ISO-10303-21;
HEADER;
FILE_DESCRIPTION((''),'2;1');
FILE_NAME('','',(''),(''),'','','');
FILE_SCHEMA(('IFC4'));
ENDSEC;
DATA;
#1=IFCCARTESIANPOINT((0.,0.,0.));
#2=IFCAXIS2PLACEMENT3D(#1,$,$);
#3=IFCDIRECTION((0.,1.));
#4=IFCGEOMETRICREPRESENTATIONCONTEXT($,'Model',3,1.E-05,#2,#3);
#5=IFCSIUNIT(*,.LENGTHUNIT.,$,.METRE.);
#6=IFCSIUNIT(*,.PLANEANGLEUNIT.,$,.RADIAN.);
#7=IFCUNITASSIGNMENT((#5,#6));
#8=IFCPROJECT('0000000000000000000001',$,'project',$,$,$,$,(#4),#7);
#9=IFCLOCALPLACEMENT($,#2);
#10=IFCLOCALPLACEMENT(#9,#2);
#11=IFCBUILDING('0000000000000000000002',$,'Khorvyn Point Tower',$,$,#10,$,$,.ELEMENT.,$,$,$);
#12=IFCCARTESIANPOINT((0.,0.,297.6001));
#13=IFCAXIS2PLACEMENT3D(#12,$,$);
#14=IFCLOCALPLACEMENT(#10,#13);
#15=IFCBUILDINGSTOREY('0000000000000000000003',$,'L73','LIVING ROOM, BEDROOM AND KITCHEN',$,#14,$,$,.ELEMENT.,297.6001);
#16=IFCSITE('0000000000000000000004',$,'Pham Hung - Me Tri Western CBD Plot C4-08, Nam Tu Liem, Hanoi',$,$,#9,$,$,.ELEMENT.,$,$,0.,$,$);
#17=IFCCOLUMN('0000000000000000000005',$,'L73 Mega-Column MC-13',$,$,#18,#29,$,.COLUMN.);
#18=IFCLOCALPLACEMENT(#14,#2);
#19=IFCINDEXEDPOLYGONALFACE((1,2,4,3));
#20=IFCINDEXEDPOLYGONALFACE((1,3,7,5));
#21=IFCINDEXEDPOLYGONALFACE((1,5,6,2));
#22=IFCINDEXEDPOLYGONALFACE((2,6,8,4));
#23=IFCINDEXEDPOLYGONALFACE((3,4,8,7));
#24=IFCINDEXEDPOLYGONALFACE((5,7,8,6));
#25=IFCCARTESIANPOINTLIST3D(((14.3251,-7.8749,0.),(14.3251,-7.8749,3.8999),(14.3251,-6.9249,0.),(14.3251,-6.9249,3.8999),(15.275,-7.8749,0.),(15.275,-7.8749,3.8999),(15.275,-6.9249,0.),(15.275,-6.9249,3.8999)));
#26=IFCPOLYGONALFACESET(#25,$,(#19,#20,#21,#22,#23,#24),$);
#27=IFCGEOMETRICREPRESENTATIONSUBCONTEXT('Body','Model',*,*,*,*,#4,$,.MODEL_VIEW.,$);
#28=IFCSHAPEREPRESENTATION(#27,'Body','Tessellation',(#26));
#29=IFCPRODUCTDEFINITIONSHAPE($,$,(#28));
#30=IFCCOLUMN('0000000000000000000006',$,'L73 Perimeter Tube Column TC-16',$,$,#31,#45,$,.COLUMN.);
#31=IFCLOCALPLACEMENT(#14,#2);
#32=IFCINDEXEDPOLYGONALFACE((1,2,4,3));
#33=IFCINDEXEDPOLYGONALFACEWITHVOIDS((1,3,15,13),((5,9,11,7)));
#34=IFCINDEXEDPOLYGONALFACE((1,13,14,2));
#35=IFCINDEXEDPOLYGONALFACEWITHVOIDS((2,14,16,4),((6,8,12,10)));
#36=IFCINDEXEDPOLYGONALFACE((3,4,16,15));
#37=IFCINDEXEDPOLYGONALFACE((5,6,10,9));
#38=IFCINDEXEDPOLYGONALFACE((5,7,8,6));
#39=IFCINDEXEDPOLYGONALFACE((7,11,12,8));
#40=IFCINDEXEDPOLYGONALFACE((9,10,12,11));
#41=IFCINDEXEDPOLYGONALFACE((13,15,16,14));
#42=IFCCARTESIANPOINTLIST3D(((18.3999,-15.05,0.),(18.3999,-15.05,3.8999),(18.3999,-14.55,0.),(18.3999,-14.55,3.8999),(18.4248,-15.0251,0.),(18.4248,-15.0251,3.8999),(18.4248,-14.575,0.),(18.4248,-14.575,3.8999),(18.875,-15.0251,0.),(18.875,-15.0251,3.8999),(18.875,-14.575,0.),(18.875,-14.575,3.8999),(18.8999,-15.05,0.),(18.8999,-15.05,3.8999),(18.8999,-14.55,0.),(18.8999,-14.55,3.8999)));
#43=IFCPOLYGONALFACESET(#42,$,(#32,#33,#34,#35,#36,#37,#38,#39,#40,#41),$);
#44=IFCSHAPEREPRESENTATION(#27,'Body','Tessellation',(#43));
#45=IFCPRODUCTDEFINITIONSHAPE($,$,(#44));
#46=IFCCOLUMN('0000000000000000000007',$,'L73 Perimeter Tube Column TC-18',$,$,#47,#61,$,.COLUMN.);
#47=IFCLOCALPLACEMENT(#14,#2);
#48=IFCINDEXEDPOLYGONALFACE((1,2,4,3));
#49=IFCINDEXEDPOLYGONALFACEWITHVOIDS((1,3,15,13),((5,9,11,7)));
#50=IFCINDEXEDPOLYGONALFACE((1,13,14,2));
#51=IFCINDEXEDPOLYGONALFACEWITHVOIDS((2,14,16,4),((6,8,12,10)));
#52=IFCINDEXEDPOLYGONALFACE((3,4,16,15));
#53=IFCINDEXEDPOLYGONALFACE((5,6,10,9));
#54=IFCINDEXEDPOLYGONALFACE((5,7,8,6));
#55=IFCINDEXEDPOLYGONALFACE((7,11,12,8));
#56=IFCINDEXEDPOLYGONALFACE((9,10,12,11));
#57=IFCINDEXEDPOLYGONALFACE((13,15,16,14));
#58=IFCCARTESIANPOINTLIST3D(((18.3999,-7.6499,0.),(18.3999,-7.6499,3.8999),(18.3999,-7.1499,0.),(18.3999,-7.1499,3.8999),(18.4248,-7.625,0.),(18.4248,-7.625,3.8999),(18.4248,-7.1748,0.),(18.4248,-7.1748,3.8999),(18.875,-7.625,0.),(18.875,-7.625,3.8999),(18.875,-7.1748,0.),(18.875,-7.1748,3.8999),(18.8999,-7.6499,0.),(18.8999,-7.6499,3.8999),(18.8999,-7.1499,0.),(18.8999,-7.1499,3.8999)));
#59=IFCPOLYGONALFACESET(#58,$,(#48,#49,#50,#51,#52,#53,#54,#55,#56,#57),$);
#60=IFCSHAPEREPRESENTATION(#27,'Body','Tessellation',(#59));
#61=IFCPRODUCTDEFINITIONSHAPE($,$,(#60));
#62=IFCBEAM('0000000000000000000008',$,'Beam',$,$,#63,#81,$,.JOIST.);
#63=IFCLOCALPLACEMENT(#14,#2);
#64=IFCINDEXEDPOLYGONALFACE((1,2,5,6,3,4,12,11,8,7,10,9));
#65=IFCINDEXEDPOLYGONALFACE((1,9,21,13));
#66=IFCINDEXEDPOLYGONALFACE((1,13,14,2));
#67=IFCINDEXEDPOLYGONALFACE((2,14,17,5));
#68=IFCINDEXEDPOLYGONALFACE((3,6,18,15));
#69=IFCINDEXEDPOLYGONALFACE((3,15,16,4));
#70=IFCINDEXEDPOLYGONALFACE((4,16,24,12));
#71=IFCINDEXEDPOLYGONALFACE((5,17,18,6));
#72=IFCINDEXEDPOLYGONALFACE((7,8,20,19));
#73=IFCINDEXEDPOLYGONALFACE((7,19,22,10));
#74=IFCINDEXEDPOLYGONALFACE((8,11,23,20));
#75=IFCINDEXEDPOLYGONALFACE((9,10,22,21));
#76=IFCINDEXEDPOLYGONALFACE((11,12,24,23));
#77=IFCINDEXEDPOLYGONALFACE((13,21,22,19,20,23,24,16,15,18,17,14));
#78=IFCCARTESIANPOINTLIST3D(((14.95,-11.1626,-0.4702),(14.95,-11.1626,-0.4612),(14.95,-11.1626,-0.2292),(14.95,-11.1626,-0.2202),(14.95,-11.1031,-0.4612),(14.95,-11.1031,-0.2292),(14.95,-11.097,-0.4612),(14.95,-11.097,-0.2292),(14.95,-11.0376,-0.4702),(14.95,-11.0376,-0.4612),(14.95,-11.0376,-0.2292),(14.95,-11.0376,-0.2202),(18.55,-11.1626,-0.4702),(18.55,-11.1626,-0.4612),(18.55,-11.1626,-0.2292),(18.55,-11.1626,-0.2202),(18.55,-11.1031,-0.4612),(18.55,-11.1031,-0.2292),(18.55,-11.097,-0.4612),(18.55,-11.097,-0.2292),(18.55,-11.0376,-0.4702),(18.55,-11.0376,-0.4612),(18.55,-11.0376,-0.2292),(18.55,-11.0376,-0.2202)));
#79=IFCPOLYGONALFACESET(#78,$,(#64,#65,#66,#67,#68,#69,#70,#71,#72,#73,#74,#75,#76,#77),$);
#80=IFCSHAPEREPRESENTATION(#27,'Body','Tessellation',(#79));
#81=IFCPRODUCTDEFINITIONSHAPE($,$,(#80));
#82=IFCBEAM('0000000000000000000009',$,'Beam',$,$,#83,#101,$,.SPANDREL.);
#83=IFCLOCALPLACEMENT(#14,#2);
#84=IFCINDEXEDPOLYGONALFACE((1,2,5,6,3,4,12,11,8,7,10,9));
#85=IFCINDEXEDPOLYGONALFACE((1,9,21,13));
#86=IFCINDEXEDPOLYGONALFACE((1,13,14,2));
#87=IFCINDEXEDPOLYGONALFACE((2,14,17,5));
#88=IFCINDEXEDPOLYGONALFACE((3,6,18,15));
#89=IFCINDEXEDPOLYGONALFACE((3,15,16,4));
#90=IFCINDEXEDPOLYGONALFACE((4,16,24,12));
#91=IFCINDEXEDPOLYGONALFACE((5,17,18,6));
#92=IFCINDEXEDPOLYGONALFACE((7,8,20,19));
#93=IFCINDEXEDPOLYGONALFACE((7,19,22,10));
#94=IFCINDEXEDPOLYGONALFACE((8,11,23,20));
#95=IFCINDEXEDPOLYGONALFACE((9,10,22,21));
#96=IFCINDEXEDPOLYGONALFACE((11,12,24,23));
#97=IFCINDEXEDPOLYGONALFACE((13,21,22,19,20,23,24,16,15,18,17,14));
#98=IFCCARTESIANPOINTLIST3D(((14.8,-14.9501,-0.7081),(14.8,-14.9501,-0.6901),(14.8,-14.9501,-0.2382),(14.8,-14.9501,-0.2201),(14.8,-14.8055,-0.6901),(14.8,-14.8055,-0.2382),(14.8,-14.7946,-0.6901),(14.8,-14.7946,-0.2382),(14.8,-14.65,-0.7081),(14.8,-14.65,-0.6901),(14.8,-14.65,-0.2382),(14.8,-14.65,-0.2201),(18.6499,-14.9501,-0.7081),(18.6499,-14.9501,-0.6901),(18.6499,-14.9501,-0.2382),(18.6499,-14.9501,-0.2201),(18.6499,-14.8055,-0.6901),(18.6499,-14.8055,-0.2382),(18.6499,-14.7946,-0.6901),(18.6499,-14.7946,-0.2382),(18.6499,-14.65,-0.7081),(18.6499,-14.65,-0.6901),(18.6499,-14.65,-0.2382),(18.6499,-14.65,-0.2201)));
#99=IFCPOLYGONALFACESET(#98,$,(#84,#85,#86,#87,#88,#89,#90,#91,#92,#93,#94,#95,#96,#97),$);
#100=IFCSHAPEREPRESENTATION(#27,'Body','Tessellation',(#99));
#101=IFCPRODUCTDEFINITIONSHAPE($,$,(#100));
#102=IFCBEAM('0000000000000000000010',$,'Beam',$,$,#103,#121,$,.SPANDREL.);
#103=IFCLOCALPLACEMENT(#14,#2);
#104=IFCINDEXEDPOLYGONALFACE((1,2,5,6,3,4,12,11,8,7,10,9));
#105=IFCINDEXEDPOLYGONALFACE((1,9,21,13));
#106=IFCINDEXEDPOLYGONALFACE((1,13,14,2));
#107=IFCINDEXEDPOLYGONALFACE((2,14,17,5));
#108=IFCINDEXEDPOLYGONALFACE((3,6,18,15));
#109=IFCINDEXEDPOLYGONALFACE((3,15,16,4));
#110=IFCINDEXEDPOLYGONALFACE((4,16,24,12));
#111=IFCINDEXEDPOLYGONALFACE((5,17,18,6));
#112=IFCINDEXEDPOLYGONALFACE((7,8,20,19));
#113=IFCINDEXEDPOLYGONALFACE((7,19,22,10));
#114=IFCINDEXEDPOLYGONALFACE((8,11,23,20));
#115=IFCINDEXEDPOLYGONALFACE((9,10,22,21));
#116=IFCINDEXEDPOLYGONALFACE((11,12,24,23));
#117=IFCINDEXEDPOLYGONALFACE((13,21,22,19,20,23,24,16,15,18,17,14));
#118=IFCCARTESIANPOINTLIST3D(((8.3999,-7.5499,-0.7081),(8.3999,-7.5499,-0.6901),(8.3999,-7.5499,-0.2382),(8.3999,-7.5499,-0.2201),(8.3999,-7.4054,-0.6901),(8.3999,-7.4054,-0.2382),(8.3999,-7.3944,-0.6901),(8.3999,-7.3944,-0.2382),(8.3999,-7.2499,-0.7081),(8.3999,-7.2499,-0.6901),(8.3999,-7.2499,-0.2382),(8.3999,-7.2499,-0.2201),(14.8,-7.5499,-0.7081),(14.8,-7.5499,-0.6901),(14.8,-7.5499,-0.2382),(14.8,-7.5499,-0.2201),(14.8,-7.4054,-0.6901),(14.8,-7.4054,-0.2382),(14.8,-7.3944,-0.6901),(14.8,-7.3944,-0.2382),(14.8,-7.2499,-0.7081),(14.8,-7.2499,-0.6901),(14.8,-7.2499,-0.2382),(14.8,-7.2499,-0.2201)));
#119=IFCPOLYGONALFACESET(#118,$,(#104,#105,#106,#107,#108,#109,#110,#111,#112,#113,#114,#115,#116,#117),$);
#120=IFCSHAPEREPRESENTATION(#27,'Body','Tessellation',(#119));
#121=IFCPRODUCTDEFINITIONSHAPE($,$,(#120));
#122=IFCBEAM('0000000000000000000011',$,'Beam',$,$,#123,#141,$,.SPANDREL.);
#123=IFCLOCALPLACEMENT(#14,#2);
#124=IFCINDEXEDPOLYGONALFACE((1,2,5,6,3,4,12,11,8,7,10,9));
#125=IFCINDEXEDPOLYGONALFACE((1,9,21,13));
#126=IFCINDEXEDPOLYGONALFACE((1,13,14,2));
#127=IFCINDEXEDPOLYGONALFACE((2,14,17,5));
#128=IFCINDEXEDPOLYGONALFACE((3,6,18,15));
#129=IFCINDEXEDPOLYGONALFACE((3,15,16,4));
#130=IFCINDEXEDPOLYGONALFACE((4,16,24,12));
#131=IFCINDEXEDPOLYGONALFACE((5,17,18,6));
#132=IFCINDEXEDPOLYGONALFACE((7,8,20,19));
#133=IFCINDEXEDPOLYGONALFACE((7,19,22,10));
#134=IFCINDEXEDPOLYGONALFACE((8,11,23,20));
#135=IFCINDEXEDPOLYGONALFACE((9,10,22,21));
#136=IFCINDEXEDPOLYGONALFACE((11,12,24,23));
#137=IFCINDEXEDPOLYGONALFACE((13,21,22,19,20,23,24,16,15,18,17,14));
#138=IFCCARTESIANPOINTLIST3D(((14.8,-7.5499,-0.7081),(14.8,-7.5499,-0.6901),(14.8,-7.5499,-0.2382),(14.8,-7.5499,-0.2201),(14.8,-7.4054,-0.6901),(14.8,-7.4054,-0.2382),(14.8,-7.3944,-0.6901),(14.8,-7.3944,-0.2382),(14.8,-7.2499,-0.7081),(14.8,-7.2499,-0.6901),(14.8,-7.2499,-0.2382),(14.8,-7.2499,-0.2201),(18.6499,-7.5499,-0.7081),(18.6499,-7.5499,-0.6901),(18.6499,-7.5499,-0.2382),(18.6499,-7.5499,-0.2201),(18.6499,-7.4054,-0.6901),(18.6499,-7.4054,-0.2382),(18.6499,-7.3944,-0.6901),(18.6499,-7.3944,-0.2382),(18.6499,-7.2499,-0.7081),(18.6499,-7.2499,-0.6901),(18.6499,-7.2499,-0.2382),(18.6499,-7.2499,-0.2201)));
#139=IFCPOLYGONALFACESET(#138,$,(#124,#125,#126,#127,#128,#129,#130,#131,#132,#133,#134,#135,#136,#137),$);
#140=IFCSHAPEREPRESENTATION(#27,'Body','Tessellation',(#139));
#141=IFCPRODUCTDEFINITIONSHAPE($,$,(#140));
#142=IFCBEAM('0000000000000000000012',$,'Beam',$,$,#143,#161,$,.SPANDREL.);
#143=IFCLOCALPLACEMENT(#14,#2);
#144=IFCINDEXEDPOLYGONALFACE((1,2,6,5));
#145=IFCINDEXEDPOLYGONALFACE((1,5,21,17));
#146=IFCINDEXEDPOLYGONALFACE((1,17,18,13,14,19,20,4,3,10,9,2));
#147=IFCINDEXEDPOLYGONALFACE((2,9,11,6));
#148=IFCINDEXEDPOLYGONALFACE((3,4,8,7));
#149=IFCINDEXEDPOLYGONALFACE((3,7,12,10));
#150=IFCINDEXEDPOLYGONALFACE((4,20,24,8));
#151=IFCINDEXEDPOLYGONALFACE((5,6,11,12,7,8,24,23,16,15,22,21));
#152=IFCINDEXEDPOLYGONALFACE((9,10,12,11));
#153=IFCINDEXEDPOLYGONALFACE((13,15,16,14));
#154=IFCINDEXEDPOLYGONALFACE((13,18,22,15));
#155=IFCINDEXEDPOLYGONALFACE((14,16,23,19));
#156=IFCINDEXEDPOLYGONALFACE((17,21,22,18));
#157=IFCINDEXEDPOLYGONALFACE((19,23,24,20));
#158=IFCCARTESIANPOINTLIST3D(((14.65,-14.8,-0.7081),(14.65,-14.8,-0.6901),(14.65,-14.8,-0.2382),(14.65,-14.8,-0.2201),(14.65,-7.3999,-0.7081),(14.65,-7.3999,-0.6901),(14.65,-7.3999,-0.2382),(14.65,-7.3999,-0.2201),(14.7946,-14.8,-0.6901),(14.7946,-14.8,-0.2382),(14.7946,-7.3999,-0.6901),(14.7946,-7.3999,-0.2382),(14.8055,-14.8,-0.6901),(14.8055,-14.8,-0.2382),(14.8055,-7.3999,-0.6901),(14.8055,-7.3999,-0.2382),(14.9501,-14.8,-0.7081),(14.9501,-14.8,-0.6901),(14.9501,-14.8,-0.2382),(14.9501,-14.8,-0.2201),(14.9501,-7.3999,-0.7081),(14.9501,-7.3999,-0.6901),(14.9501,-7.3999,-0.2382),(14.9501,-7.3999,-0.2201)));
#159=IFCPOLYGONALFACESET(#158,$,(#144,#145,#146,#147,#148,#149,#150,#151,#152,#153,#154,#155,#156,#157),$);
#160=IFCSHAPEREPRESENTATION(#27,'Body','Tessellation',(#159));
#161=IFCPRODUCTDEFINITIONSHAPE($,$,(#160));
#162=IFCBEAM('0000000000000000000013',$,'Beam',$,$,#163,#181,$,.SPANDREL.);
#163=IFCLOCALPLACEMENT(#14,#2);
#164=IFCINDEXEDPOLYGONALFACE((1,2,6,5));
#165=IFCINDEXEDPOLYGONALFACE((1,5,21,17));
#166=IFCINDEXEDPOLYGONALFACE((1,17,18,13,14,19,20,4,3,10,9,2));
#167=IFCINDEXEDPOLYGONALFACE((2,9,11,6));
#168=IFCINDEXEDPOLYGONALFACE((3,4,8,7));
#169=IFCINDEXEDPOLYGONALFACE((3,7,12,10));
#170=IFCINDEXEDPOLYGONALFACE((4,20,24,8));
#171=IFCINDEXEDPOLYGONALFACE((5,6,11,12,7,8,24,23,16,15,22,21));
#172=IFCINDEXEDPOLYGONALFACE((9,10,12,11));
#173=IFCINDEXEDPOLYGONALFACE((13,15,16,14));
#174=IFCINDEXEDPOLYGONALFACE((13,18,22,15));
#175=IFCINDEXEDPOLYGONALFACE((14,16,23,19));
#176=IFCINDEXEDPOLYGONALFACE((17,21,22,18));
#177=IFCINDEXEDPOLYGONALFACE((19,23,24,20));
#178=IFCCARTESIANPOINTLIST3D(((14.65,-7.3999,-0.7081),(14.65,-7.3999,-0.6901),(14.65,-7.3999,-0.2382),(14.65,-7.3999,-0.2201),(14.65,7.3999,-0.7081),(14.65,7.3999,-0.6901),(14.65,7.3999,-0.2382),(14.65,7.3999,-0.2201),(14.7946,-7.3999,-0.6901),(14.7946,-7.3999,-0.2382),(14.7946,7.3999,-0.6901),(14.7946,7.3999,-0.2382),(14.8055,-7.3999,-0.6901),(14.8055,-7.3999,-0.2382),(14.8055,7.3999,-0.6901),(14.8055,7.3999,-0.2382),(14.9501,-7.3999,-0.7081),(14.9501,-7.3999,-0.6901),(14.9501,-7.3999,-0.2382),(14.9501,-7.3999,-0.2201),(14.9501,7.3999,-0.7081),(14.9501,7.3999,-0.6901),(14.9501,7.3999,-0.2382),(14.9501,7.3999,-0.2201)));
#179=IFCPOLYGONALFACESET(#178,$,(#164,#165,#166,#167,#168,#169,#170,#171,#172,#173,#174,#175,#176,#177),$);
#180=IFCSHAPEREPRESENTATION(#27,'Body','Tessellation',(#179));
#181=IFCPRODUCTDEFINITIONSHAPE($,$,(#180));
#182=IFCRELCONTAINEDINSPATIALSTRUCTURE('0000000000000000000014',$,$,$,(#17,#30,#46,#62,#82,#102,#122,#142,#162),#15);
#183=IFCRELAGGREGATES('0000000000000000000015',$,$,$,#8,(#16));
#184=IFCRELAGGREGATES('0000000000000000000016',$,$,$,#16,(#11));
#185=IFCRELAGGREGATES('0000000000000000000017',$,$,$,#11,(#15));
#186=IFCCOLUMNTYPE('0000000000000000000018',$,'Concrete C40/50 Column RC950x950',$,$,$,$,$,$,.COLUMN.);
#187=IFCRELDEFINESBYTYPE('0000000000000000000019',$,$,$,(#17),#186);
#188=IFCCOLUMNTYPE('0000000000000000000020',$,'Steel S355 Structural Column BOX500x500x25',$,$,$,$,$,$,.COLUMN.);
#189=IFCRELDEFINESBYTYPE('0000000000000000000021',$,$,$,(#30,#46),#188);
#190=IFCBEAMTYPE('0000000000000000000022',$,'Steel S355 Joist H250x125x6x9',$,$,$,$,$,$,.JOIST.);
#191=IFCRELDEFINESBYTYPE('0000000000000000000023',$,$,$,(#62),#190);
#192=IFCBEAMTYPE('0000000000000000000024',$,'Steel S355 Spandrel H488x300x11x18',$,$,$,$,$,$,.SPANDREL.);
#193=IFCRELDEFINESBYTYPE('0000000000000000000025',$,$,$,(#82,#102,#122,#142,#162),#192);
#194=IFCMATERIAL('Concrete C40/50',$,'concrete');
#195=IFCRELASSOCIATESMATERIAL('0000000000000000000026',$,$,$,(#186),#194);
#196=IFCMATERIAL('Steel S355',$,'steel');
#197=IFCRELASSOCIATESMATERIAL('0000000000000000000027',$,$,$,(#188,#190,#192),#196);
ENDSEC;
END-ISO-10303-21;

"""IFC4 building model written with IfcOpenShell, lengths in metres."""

from ifc_helpers import new_model, si_unit, direction, frame, origin, origin_2d, place, context, subcontext, project, spatial, rectangle, hollow_rectangle, i_section, extrude, material, material_profile, profile_set, type_object, element, save


model = new_model("IFC4")

# Units and contexts
model_context = context("Model", 3, precision=1e-05, world=origin(), true_north=direction((0.0, 1.0)))
body_context = subcontext(model_context, "Body", "Model", "MODEL_VIEW")
ifc_project = project(units=[si_unit("LENGTHUNIT", "METRE"), si_unit("PLANEANGLEUNIT", "RADIAN")], contexts=[model_context])

# Site, building, storey
site_placement = place(None, origin())
site = spatial("IfcSite", under=ifc_project, at=site_placement, Name="Pham Hung - Me Tri Western CBD Plot C4-08, Nam Tu Liem, Hanoi", CompositionType="ELEMENT", RefElevation=0.0)
building_placement = place(site_placement, origin())
building = spatial("IfcBuilding", under=site, at=building_placement, Name="Khorvyn Point Tower", CompositionType="ELEMENT")
storey_placement = place(building_placement, frame((0.0, 0.0, 297.6001)))
storey = spatial("IfcBuildingStorey", under=building, at=storey_placement, Name="L73", Description="LIVING ROOM, BEDROOM AND KITCHEN", CompositionType="ELEMENT", Elevation=297.6001)

# Columns
ifc_material_1 = material(Name="Concrete C40/50", Category="concrete")
ifc_material_profile_1 = material_profile(ifc_material_1, rectangle(XDim=0.95, YDim=0.95, at=origin_2d()))
ifc_profile_set_1 = profile_set([ifc_material_profile_1], Name="Concrete C40/50 RC950x950")
column_type_1 = type_object("IfcColumnType", Name="Concrete C40/50 Column RC950x950", PredefinedType="COLUMN", material=ifc_profile_set_1)
column_placement = place(storey_placement, frame((14.8, -7.3999, 0.0), z_axis=(0.0, 0.0, 1.0), x_axis=(1.0, 0.0, 0.0)))
element("IfcColumn", 1, at=column_placement, inside=storey, type_object=column_type_1, Name="L73 Mega-Column MC-13", PredefinedType="COLUMN", context=body_context, shape_type="SweptSolid", body=[
    extrude(rectangle(XDim=0.95, YDim=0.95, at=origin_2d()), origin(), (0.0, 0.0, 1.0), 3.8999),
])
ifc_material_2 = material(Name="Steel S355", Category="steel")
ifc_material_profile_2 = material_profile(ifc_material_2, hollow_rectangle(XDim=0.5, YDim=0.5, WallThickness=0.0249, at=origin_2d()))
ifc_profile_set_2 = profile_set([ifc_material_profile_2], Name="Steel S355 BOX500x500x25")
column_type_2 = type_object("IfcColumnType", Name="Steel S355 Structural Column BOX500x500x25", PredefinedType="COLUMN", material=ifc_profile_set_2)
for number, where, z_axis, x_axis, name in (
    (2, (18.6499, -14.8, 0.0), (0.0, 0.0, 1.0), (1.0, 0.0, 0.0), "L73 Perimeter Tube Column TC-16"),
    (3, (18.6499, -7.3999, 0.0), (0.0, 0.0, 1.0), (1.0, 0.0, 0.0), "L73 Perimeter Tube Column TC-18"),
):
    element("IfcColumn", number, at=place(storey_placement, frame(where, z_axis=z_axis, x_axis=x_axis)), inside=storey, type_object=column_type_2, Name=name, PredefinedType="COLUMN", context=body_context, shape_type="SweptSolid", body=[
        extrude(hollow_rectangle(XDim=0.5, YDim=0.5, WallThickness=0.0249, at=origin_2d()), origin(), (0.0, 0.0, 1.0), 3.8999),
    ])

# Beams
ifc_material_profile_3 = material_profile(ifc_material_2, i_section(OverallWidth=0.125, OverallDepth=0.25, WebThickness=0.0061, FlangeThickness=0.009, at=origin_2d()))
ifc_profile_set_3 = profile_set([ifc_material_profile_3], Name="Steel S355 H250x125x6x9")
beam_type_1 = type_object("IfcBeamType", Name="Steel S355 Joist H250x125x6x9", PredefinedType="JOIST", material=ifc_profile_set_3)
beam_1_placement = place(storey_placement, frame((14.95, -11.1001, -0.3452), z_axis=(1.0, 0.0, 0.0), x_axis=(0.0, 1.0, 0.0)))
element("IfcBeam", 4, at=beam_1_placement, inside=storey, type_object=beam_type_1, Name="Beam", PredefinedType="JOIST", context=body_context, shape_type="SweptSolid", body=[
    extrude(i_section(OverallWidth=0.125, OverallDepth=0.25, WebThickness=0.0061, FlangeThickness=0.009, at=origin_2d()), origin(), (0.0, 0.0, 1.0), 3.6001),
])
ifc_material_profile_4 = material_profile(ifc_material_2, i_section(OverallWidth=0.3, OverallDepth=0.488, WebThickness=0.011, FlangeThickness=0.0181, at=origin_2d()))
ifc_profile_set_4 = profile_set([ifc_material_profile_4], Name="Steel S355 H488x300x11x18")
beam_type_2 = type_object("IfcBeamType", Name="Steel S355 Spandrel H488x300x11x18", PredefinedType="SPANDREL", material=ifc_profile_set_4)
beam_2_placement = place(storey_placement, frame((14.8, -14.8, -0.4641), z_axis=(1.0, 0.0, 0.0), x_axis=(0.0, 1.0, 0.0)))
element("IfcBeam", 5, at=beam_2_placement, inside=storey, type_object=beam_type_2, Name="Beam", PredefinedType="SPANDREL", context=body_context, shape_type="SweptSolid", body=[
    extrude(i_section(OverallWidth=0.3, OverallDepth=0.488, WebThickness=0.011, FlangeThickness=0.0181, at=origin_2d()), origin(), (0.0, 0.0, 1.0), 3.8499),
])
beam_3_placement = place(storey_placement, frame((8.3999, -7.3999, -0.4641), z_axis=(1.0, 0.0, 0.0), x_axis=(0.0, 1.0, 0.0)))
element("IfcBeam", 6, at=beam_3_placement, inside=storey, type_object=beam_type_2, Name="Beam", PredefinedType="SPANDREL", context=body_context, shape_type="SweptSolid", body=[
    extrude(i_section(OverallWidth=0.3, OverallDepth=0.488, WebThickness=0.011, FlangeThickness=0.0181, at=origin_2d()), origin(), (0.0, 0.0, 1.0), 6.4001),
])
beam_4_placement = place(storey_placement, frame((14.8, -7.3999, -0.4641), z_axis=(1.0, 0.0, 0.0), x_axis=(0.0, 1.0, 0.0)))
element("IfcBeam", 7, at=beam_4_placement, inside=storey, type_object=beam_type_2, Name="Beam", PredefinedType="SPANDREL", context=body_context, shape_type="SweptSolid", body=[
    extrude(i_section(OverallWidth=0.3, OverallDepth=0.488, WebThickness=0.011, FlangeThickness=0.0181, at=origin_2d()), origin(), (0.0, 0.0, 1.0), 3.8499),
])
beam_5_placement = place(storey_placement, frame((14.8, -14.8, -0.4641), z_axis=(0.0, 1.0, 0.0), x_axis=(-1.0, 0.0, 0.0)))
element("IfcBeam", 8, at=beam_5_placement, inside=storey, type_object=beam_type_2, Name="Beam", PredefinedType="SPANDREL", context=body_context, shape_type="SweptSolid", body=[
    extrude(i_section(OverallWidth=0.3, OverallDepth=0.488, WebThickness=0.011, FlangeThickness=0.0181, at=origin_2d()), origin(), (0.0, 0.0, 1.0), 7.4001),
])
beam_6_placement = place(storey_placement, frame((14.8, -7.3999, -0.4641), z_axis=(0.0, 1.0, 0.0), x_axis=(-1.0, 0.0, 0.0)))
element("IfcBeam", 9, at=beam_6_placement, inside=storey, type_object=beam_type_2, Name="Beam", PredefinedType="SPANDREL", context=body_context, shape_type="SweptSolid", body=[
    extrude(i_section(OverallWidth=0.3, OverallDepth=0.488, WebThickness=0.011, FlangeThickness=0.0181, at=origin_2d()), origin(), (0.0, 0.0, 1.0), 14.7998),
])

save(model, "model.ifc")
